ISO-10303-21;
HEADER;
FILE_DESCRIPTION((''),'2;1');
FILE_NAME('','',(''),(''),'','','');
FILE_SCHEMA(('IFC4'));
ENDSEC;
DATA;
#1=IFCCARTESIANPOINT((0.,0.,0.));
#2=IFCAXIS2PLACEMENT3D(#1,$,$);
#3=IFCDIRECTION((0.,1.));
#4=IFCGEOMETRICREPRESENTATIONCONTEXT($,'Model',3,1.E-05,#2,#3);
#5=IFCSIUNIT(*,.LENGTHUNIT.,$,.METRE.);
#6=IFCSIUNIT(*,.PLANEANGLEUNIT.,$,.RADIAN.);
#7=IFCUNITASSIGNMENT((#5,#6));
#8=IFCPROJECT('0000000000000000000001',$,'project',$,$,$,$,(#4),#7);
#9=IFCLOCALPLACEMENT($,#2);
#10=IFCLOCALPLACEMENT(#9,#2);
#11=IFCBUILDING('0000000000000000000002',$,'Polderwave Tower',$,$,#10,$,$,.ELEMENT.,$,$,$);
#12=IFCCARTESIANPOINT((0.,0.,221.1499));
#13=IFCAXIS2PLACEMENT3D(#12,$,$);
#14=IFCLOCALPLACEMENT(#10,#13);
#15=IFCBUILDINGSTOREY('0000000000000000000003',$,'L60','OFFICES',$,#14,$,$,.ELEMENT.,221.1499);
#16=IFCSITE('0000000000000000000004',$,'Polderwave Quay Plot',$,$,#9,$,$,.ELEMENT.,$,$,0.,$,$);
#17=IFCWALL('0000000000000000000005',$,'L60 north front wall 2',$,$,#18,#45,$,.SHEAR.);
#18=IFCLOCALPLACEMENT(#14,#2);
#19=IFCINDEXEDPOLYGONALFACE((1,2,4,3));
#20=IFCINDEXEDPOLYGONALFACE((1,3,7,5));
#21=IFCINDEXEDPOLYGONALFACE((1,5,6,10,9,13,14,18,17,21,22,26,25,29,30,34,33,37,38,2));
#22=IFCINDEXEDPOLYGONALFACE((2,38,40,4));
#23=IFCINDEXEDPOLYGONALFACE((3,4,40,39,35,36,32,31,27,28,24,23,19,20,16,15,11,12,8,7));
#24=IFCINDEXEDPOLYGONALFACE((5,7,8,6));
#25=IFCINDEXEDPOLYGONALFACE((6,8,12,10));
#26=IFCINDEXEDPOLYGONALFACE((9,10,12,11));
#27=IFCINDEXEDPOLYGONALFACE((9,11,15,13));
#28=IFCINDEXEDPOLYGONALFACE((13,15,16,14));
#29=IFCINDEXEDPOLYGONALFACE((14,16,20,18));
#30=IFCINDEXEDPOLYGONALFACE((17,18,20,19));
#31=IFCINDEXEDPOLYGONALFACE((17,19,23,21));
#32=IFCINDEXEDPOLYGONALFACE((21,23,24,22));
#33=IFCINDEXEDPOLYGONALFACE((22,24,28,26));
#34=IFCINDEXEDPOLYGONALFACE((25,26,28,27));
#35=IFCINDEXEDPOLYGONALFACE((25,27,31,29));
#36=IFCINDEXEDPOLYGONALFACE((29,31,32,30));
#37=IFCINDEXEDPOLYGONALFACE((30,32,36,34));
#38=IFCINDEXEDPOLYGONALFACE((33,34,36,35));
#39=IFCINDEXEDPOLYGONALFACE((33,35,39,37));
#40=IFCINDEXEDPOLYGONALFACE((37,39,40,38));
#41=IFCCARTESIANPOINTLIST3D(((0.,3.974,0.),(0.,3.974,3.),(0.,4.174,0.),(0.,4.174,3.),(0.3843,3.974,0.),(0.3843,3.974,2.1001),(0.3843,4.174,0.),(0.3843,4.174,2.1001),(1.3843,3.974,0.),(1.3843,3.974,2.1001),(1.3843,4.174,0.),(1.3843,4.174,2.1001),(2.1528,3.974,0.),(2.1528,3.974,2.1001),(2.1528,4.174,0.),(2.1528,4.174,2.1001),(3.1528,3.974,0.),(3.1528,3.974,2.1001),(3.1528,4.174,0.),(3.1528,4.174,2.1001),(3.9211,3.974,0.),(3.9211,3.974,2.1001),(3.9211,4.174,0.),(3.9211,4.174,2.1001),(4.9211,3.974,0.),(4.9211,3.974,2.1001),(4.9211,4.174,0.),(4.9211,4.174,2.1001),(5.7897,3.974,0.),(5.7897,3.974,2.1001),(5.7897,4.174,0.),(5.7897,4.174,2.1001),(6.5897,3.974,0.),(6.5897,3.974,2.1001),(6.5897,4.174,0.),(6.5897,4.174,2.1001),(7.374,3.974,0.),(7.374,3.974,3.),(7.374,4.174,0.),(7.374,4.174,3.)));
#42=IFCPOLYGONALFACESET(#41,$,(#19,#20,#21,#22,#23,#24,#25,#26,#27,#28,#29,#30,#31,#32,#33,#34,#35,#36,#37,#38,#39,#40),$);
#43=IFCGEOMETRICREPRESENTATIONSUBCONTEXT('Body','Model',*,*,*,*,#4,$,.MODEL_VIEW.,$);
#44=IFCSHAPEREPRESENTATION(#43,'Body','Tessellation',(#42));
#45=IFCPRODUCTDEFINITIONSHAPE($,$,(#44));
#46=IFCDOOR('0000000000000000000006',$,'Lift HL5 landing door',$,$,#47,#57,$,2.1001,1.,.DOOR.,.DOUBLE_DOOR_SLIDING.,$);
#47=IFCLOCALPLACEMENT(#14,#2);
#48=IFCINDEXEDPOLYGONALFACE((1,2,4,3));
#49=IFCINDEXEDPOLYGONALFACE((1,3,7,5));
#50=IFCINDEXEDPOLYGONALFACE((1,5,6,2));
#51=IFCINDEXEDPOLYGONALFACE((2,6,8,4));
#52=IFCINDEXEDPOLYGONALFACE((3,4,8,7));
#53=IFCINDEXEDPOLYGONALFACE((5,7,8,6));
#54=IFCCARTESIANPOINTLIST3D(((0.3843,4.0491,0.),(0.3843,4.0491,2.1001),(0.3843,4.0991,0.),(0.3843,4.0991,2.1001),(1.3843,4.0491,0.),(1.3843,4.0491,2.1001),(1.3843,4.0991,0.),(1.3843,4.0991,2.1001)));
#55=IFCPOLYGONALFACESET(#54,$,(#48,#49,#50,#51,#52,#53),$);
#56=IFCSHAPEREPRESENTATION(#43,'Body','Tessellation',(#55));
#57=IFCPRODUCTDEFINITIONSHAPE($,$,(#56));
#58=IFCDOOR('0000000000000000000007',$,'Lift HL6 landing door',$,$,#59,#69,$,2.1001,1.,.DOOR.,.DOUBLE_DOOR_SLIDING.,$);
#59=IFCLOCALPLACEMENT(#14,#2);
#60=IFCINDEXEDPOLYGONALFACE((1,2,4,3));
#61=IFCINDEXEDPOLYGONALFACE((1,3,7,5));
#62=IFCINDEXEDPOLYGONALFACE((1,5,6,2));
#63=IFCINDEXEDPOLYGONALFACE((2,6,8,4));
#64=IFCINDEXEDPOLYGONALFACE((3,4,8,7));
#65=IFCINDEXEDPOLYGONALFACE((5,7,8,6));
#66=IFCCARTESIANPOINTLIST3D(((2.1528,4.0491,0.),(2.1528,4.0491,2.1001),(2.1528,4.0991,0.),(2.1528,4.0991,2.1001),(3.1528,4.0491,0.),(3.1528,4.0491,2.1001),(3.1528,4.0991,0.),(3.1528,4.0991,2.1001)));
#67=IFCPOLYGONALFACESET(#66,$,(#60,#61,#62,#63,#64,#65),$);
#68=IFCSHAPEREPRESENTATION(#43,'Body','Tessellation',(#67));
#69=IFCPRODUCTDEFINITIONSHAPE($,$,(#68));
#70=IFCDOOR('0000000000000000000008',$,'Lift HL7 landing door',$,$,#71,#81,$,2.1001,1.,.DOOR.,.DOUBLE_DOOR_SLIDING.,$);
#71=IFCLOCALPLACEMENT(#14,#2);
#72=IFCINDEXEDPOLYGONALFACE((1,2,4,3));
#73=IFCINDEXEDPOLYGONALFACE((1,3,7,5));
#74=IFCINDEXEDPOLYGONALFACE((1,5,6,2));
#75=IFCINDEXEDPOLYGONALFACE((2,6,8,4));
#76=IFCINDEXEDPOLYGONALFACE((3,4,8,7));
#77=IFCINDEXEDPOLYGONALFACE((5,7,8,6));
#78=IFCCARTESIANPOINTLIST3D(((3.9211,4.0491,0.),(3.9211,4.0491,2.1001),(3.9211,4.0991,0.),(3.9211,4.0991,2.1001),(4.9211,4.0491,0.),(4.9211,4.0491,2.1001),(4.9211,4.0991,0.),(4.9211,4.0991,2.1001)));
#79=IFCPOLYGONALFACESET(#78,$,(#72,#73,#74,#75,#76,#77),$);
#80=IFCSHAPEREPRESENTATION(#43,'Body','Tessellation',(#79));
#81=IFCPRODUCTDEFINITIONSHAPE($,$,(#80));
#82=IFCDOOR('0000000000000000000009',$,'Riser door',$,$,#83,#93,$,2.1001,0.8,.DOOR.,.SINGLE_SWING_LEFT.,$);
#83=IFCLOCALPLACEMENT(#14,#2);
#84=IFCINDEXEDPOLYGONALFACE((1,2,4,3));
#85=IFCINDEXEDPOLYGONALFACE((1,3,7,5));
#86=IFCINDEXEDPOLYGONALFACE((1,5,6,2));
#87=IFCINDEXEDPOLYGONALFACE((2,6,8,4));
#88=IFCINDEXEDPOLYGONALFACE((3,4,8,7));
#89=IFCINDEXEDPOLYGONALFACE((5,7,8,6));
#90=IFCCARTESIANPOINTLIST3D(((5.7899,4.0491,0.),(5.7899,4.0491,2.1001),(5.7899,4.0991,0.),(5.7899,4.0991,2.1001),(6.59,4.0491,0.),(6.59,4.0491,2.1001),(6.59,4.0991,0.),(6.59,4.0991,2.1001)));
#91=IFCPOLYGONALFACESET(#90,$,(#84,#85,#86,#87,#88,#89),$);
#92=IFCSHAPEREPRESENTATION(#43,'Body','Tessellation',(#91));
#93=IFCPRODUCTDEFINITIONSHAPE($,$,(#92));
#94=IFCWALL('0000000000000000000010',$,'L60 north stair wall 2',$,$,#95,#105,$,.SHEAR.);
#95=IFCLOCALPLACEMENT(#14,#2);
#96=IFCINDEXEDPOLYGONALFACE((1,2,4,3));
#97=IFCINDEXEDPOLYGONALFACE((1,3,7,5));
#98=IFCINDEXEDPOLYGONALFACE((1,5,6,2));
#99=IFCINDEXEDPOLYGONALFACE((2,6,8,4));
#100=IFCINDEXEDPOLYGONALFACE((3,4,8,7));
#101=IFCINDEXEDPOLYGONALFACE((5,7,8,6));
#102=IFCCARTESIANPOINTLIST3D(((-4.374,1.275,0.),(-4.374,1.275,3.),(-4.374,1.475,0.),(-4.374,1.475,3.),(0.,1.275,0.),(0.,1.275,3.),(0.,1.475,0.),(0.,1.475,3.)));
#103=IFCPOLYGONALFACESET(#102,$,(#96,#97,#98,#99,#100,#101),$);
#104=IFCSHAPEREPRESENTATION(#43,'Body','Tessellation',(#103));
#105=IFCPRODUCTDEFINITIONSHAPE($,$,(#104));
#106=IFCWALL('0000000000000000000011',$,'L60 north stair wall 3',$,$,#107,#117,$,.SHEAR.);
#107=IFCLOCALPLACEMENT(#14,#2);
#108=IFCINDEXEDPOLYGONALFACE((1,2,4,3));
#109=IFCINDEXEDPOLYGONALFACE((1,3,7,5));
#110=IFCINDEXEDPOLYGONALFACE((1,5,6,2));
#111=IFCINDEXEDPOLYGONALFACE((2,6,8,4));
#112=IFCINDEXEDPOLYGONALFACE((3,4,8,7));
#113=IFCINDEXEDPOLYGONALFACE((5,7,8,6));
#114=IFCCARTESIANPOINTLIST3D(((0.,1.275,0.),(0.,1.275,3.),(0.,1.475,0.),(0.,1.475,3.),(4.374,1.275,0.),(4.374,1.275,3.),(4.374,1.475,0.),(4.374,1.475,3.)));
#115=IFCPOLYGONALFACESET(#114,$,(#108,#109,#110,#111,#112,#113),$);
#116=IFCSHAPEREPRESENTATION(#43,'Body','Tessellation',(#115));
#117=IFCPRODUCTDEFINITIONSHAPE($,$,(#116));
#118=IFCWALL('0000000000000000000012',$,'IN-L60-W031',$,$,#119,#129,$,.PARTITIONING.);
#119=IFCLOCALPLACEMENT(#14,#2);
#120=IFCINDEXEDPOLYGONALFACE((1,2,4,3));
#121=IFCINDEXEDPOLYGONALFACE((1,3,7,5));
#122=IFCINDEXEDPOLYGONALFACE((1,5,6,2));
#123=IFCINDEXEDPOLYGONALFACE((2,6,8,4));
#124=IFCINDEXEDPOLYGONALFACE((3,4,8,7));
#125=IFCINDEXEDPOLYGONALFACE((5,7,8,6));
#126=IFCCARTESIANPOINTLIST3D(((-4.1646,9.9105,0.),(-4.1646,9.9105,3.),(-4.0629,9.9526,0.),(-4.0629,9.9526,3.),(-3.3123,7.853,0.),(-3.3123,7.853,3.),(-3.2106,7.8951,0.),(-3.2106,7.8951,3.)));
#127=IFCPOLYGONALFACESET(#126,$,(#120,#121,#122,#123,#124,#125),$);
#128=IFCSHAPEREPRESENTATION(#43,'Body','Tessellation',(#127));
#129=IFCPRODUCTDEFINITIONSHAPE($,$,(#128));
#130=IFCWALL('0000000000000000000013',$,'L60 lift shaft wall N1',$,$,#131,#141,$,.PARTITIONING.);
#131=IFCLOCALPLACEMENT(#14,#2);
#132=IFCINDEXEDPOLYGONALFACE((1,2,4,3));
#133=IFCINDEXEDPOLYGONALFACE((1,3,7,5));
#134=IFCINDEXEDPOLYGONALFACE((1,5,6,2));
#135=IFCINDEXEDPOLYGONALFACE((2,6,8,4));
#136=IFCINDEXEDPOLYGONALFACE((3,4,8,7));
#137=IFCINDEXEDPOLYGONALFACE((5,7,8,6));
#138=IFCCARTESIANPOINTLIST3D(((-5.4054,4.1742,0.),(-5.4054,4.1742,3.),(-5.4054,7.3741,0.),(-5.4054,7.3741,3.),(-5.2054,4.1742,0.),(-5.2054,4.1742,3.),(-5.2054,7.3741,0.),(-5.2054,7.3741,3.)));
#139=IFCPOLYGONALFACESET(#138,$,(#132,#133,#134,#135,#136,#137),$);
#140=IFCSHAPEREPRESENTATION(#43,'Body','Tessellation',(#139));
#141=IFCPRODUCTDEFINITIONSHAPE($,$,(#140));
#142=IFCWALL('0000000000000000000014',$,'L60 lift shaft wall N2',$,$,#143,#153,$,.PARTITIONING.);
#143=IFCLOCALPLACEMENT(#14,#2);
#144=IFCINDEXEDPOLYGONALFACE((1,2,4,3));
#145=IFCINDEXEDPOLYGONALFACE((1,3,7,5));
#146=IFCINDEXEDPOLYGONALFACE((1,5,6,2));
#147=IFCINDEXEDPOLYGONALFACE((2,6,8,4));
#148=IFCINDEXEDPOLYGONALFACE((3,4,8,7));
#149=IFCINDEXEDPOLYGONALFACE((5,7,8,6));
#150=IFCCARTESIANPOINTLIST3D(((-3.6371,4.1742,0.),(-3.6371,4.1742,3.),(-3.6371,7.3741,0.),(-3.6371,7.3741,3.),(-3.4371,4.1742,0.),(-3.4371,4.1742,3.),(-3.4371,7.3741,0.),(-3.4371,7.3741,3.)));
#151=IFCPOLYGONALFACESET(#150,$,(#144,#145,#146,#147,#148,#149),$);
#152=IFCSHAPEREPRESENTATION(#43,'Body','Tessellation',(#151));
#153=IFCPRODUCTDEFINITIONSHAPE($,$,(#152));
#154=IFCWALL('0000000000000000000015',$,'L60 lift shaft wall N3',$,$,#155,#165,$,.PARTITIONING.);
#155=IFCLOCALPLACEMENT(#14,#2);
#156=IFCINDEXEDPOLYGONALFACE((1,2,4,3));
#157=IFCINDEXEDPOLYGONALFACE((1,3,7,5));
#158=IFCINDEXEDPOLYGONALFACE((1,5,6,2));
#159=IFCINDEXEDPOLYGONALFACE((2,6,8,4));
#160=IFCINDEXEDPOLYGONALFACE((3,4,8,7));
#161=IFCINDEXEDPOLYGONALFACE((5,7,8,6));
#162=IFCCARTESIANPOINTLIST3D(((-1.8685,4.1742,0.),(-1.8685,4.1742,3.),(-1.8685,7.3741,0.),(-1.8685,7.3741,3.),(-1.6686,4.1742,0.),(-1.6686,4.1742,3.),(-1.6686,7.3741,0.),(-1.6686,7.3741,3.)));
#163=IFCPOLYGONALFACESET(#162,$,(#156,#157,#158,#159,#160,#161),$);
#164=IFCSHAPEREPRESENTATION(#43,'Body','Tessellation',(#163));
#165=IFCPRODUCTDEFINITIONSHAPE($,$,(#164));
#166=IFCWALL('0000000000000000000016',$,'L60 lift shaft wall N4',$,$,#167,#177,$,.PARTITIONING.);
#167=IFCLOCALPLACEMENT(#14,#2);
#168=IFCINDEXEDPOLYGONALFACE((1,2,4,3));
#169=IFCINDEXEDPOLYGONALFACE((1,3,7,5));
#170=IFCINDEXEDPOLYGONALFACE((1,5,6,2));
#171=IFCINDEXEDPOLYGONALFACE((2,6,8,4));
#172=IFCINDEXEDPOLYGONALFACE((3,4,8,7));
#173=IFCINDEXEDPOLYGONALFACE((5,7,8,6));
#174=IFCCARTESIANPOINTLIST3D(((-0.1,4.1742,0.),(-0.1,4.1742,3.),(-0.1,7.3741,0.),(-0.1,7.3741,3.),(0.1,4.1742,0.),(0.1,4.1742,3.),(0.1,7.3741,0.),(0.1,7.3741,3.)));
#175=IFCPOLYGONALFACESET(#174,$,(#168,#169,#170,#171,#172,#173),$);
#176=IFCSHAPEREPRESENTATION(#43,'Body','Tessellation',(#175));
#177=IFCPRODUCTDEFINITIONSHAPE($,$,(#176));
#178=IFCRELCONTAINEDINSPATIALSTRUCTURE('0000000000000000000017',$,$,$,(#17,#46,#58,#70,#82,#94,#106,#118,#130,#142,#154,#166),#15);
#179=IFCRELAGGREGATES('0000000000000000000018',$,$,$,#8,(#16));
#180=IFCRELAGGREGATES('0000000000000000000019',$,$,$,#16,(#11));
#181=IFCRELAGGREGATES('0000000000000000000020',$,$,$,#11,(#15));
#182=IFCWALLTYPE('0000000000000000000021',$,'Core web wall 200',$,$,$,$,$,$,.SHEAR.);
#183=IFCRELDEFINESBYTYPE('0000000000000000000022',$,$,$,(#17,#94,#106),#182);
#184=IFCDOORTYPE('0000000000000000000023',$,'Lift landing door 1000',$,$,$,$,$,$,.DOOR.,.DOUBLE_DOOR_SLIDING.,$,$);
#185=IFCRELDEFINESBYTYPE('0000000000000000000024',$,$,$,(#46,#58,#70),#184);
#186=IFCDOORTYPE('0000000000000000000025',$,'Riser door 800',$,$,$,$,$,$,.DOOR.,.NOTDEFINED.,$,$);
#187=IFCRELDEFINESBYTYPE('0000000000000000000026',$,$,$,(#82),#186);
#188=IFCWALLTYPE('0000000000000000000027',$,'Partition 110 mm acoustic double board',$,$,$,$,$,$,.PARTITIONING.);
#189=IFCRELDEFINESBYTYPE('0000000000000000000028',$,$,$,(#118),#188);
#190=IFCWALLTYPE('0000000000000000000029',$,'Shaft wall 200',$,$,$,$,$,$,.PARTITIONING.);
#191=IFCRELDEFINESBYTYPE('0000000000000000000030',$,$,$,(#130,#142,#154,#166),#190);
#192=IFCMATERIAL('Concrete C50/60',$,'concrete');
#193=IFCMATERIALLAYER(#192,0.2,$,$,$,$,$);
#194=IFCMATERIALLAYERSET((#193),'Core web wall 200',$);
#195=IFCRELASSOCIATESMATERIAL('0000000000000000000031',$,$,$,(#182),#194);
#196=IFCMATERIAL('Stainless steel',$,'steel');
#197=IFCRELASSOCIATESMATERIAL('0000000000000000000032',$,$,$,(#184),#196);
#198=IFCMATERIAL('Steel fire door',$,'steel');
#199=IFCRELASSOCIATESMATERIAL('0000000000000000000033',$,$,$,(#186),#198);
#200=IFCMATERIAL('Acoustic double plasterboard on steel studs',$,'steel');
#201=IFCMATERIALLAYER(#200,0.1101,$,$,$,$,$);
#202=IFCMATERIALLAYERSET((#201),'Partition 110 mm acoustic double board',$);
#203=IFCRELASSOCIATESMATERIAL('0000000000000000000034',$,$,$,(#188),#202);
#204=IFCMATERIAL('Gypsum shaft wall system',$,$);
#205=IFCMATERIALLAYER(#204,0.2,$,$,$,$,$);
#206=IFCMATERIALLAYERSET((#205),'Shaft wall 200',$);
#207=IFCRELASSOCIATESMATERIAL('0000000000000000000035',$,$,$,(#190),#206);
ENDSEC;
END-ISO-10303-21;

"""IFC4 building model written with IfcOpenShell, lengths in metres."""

from ifc_helpers import new_model, si_unit, direction, frame, frame_2d, origin, place, context, subcontext, project, spatial, rectangle, extrude, material, layer, layer_set, type_object, element, fill, save


model = new_model("IFC4")

# Units and contexts
model_context = context("Model", 3, precision=1e-05, world=origin(), true_north=direction((0.0, 1.0)))
body_context = subcontext(model_context, "Body", "Model", "MODEL_VIEW")
ifc_project = project(units=[si_unit("LENGTHUNIT", "METRE"), si_unit("PLANEANGLEUNIT", "RADIAN")], contexts=[model_context])

# Site, building, storey
site_placement = place(None, origin())
site = spatial("IfcSite", under=ifc_project, at=site_placement, Name="Polderwave Quay Plot", CompositionType="ELEMENT", RefElevation=0.0)
building_placement = place(site_placement, origin())
building = spatial("IfcBuilding", under=site, at=building_placement, Name="Polderwave Tower", CompositionType="ELEMENT")
storey_placement = place(building_placement, frame((0.0, 0.0, 221.1499)))
storey = spatial("IfcBuildingStorey", under=building, at=storey_placement, Name="L60", Description="OFFICES", CompositionType="ELEMENT", Elevation=221.1499)

# Wall, openings, doors
ifc_material_1 = material(Name="Concrete C50/60", Category="concrete")
ifc_layer_1 = layer(ifc_material_1, 0.2)
ifc_layer_set_1 = layer_set([ifc_layer_1], Name="Core web wall 200")
wall_type_1 = type_object("IfcWallType", Name="Core web wall 200", PredefinedType="SHEAR", material=ifc_layer_set_1)
ifc_material_2 = material(Name="Stainless steel", Category="steel")
door_type_1 = type_object("IfcDoorType", Name="Lift landing door 1000", OperationType="DOUBLE_DOOR_SLIDING", PredefinedType="DOOR", material=ifc_material_2)
wall_1_placement = place(storey_placement, frame((0.0, 4.074, 0.0), z_axis=(0.0, 0.0, 1.0), x_axis=(1.0, 0.0, 0.0)))
wall_1 = element("IfcWall", 1, at=wall_1_placement, inside=storey, type_object=wall_type_1, Name="L60 north front wall 2", PredefinedType="SHEAR", context=body_context, shape_type="SweptSolid", body=[
    extrude(rectangle(XDim=7.374, YDim=0.2, at=frame_2d((3.687, 0.0))), origin(), (0.0, 0.0, 1.0), 3.0),
])
opening_1_placement = place(wall_1_placement, frame((0.3843, 0.0, 0.0)))
opening_1 = element("IfcOpeningElement", 2, at=opening_1_placement, cuts=wall_1, PredefinedType="OPENING", context=body_context, shape_type="SweptSolid", body=[
    extrude(rectangle(XDim=1.0, YDim=2.1001, at=frame_2d((0.5, 1.05))), frame((0.0, 0.1099, 0.0), z_axis=(0.0, -1.0, 0.0), x_axis=(1.0, 0.0, 0.0)), (0.0, 0.0, 1.0), 0.22),
])
opening_2_placement = place(wall_1_placement, frame((2.1528, 0.0, 0.0)))
opening_2 = element("IfcOpeningElement", 3, at=opening_2_placement, cuts=wall_1, PredefinedType="OPENING", context=body_context, shape_type="SweptSolid", body=[
    extrude(rectangle(XDim=1.0, YDim=2.1001, at=frame_2d((0.5, 1.05))), frame((0.0, 0.1099, 0.0), z_axis=(0.0, -1.0, 0.0), x_axis=(1.0, 0.0, 0.0)), (0.0, 0.0, 1.0), 0.22),
])
opening_3_placement = place(wall_1_placement, frame((3.9211, 0.0, 0.0)))
opening_3 = element("IfcOpeningElement", 4, at=opening_3_placement, cuts=wall_1, PredefinedType="OPENING", context=body_context, shape_type="SweptSolid", body=[
    extrude(rectangle(XDim=1.0, YDim=2.1001, at=frame_2d((0.5, 1.05))), frame((0.0, 0.1099, 0.0), z_axis=(0.0, -1.0, 0.0), x_axis=(1.0, 0.0, 0.0)), (0.0, 0.0, 1.0), 0.22),
])
opening_4_placement = place(wall_1_placement, frame((5.7898, 0.0, 0.0)))
opening_4 = element("IfcOpeningElement", 5, at=opening_4_placement, cuts=wall_1, PredefinedType="OPENING", context=body_context, shape_type="SweptSolid", body=[
    extrude(rectangle(XDim=0.8, YDim=2.1001, at=frame_2d((0.3999, 1.05))), frame((0.0, 0.1099, 0.0), z_axis=(0.0, -1.0, 0.0), x_axis=(1.0, 0.0, 0.0)), (0.0, 0.0, 1.0), 0.22),
])
door_1_placement = place(opening_1_placement, frame((1.0, 0.0, 0.0), z_axis=(0.0, 0.0, 1.0), x_axis=(-1.0, 0.0, 0.0)))
door_1 = element("IfcDoor", 6, at=door_1_placement, inside=storey, type_object=door_type_1, Name="Lift HL5 landing door", OperationType="DOUBLE_DOOR_SLIDING", OverallHeight=2.1001, OverallWidth=1.0, PredefinedType="DOOR", context=body_context, shape_type="SweptSolid", body=[
    extrude(rectangle(XDim=1.0, YDim=2.1001, at=frame_2d((0.5, 1.05))), frame((0.0, 0.0249, 0.0), z_axis=(0.0, -1.0, 0.0), x_axis=(1.0, 0.0, 0.0)), (0.0, 0.0, 1.0), 0.05),
])
fill(opening_1, door_1)
door_2_placement = place(opening_2_placement, frame((1.0, 0.0, 0.0), z_axis=(0.0, 0.0, 1.0), x_axis=(-1.0, 0.0, 0.0)))
door_2 = element("IfcDoor", 7, at=door_2_placement, inside=storey, type_object=door_type_1, Name="Lift HL6 landing door", OperationType="DOUBLE_DOOR_SLIDING", OverallHeight=2.1001, OverallWidth=1.0, PredefinedType="DOOR", context=body_context, shape_type="SweptSolid", body=[
    extrude(rectangle(XDim=1.0, YDim=2.1001, at=frame_2d((0.5, 1.05))), frame((0.0, 0.0249, 0.0), z_axis=(0.0, -1.0, 0.0), x_axis=(1.0, 0.0, 0.0)), (0.0, 0.0, 1.0), 0.05),
])
fill(opening_2, door_2)
door_3_placement = place(opening_3_placement, frame((1.0, 0.0, 0.0), z_axis=(0.0, 0.0, 1.0), x_axis=(-1.0, 0.0, 0.0)))
door_3 = element("IfcDoor", 8, at=door_3_placement, inside=storey, type_object=door_type_1, Name="Lift HL7 landing door", OperationType="DOUBLE_DOOR_SLIDING", OverallHeight=2.1001, OverallWidth=1.0, PredefinedType="DOOR", context=body_context, shape_type="SweptSolid", body=[
    extrude(rectangle(XDim=1.0, YDim=2.1001, at=frame_2d((0.5, 1.05))), frame((0.0, 0.0249, 0.0), z_axis=(0.0, -1.0, 0.0), x_axis=(1.0, 0.0, 0.0)), (0.0, 0.0, 1.0), 0.05),
])
fill(opening_3, door_3)
ifc_material_3 = material(Name="Steel fire door", Category="steel")
door_type_2 = type_object("IfcDoorType", Name="Riser door 800", OperationType="NOTDEFINED", PredefinedType="DOOR", material=ifc_material_3)
door_4_placement = place(opening_4_placement, frame((0.8, 0.0, 0.0), z_axis=(0.0, 0.0, 1.0), x_axis=(-1.0, 0.0, 0.0)))
door_4 = element("IfcDoor", 9, at=door_4_placement, inside=storey, type_object=door_type_2, Name="Riser door", OperationType="SINGLE_SWING_LEFT", OverallHeight=2.1001, OverallWidth=0.8, PredefinedType="DOOR", context=body_context, shape_type="SweptSolid", body=[
    extrude(rectangle(XDim=0.8, YDim=2.1001, at=frame_2d((0.3999, 1.05))), frame((0.0, 0.0249, 0.0), z_axis=(0.0, -1.0, 0.0), x_axis=(1.0, 0.0, 0.0)), (0.0, 0.0, 1.0), 0.05),
])
fill(opening_4, door_4)

# Walls
for number, where, z_axis, x_axis, name in (
    (10, (-4.374, 1.375, 0.0), (0.0, 0.0, 1.0), (1.0, 0.0, 0.0), "L60 north stair wall 2"),
    (11, (0.0, 1.375, 0.0), (0.0, 0.0, 1.0), (1.0, 0.0, 0.0), "L60 north stair wall 3"),
):
    element("IfcWall", number, at=place(storey_placement, frame(where, z_axis=z_axis, x_axis=x_axis)), inside=storey, type_object=wall_type_1, Name=name, PredefinedType="SHEAR", context=body_context, shape_type="SweptSolid", body=[
        extrude(rectangle(XDim=4.374, YDim=0.2, at=frame_2d((2.187, 0.0))), origin(), (0.0, 0.0, 1.0), 3.0),
    ])
ifc_material_4 = material(Name="Acoustic double plasterboard on steel studs", Category="steel")
ifc_layer_2 = layer(ifc_material_4, 0.1101)
ifc_layer_set_2 = layer_set([ifc_layer_2], Name="Partition 110 mm acoustic double board")
wall_type_2 = type_object("IfcWallType", Name="Partition 110 mm acoustic double board", PredefinedType="PARTITIONING", material=ifc_layer_set_2)
wall_2_placement = place(storey_placement, frame((-3.2615, 7.874, 0.0), z_axis=(0.0, 0.0, 1.0), x_axis=(-0.382684, 0.923879, 0.0)))
element("IfcWall", 12, at=wall_2_placement, inside=storey, type_object=wall_type_2, Name="IN-L60-W031", PredefinedType="PARTITIONING", context=body_context, shape_type="SweptSolid", body=[
    extrude(rectangle(XDim=2.2271, YDim=0.1101, at=frame_2d((1.1135, 0.0))), origin(), (0.0, 0.0, 1.0), 3.0),
])
ifc_material_5 = material(Name="Gypsum shaft wall system")
ifc_layer_3 = layer(ifc_material_5, 0.2)
ifc_layer_set_3 = layer_set([ifc_layer_3], Name="Shaft wall 200")
wall_type_3 = type_object("IfcWallType", Name="Shaft wall 200", PredefinedType="PARTITIONING", material=ifc_layer_set_3)
for number, where, z_axis, x_axis, name in (
    (13, (-5.3054, 4.1741, 0.0), (0.0, 0.0, 1.0), (0.0, 1.0, 0.0), "L60 lift shaft wall N1"),
    (14, (-3.5371, 4.1741, 0.0), (0.0, 0.0, 1.0), (0.0, 1.0, 0.0), "L60 lift shaft wall N2"),
    (15, (-1.7686, 4.1741, 0.0), (0.0, 0.0, 1.0), (0.0, 1.0, 0.0), "L60 lift shaft wall N3"),
    (16, (0.0, 4.1741, 0.0), (0.0, 0.0, 1.0), (0.0, 1.0, 0.0), "L60 lift shaft wall N4"),
):
    element("IfcWall", number, at=place(storey_placement, frame(where, z_axis=z_axis, x_axis=x_axis)), inside=storey, type_object=wall_type_3, Name=name, PredefinedType="PARTITIONING", context=body_context, shape_type="SweptSolid", body=[
        extrude(rectangle(XDim=3.2, YDim=0.2, at=frame_2d((1.6001, 0.0))), origin(), (0.0, 0.0, 1.0), 3.0),
    ])

save(model, "model.ifc")
